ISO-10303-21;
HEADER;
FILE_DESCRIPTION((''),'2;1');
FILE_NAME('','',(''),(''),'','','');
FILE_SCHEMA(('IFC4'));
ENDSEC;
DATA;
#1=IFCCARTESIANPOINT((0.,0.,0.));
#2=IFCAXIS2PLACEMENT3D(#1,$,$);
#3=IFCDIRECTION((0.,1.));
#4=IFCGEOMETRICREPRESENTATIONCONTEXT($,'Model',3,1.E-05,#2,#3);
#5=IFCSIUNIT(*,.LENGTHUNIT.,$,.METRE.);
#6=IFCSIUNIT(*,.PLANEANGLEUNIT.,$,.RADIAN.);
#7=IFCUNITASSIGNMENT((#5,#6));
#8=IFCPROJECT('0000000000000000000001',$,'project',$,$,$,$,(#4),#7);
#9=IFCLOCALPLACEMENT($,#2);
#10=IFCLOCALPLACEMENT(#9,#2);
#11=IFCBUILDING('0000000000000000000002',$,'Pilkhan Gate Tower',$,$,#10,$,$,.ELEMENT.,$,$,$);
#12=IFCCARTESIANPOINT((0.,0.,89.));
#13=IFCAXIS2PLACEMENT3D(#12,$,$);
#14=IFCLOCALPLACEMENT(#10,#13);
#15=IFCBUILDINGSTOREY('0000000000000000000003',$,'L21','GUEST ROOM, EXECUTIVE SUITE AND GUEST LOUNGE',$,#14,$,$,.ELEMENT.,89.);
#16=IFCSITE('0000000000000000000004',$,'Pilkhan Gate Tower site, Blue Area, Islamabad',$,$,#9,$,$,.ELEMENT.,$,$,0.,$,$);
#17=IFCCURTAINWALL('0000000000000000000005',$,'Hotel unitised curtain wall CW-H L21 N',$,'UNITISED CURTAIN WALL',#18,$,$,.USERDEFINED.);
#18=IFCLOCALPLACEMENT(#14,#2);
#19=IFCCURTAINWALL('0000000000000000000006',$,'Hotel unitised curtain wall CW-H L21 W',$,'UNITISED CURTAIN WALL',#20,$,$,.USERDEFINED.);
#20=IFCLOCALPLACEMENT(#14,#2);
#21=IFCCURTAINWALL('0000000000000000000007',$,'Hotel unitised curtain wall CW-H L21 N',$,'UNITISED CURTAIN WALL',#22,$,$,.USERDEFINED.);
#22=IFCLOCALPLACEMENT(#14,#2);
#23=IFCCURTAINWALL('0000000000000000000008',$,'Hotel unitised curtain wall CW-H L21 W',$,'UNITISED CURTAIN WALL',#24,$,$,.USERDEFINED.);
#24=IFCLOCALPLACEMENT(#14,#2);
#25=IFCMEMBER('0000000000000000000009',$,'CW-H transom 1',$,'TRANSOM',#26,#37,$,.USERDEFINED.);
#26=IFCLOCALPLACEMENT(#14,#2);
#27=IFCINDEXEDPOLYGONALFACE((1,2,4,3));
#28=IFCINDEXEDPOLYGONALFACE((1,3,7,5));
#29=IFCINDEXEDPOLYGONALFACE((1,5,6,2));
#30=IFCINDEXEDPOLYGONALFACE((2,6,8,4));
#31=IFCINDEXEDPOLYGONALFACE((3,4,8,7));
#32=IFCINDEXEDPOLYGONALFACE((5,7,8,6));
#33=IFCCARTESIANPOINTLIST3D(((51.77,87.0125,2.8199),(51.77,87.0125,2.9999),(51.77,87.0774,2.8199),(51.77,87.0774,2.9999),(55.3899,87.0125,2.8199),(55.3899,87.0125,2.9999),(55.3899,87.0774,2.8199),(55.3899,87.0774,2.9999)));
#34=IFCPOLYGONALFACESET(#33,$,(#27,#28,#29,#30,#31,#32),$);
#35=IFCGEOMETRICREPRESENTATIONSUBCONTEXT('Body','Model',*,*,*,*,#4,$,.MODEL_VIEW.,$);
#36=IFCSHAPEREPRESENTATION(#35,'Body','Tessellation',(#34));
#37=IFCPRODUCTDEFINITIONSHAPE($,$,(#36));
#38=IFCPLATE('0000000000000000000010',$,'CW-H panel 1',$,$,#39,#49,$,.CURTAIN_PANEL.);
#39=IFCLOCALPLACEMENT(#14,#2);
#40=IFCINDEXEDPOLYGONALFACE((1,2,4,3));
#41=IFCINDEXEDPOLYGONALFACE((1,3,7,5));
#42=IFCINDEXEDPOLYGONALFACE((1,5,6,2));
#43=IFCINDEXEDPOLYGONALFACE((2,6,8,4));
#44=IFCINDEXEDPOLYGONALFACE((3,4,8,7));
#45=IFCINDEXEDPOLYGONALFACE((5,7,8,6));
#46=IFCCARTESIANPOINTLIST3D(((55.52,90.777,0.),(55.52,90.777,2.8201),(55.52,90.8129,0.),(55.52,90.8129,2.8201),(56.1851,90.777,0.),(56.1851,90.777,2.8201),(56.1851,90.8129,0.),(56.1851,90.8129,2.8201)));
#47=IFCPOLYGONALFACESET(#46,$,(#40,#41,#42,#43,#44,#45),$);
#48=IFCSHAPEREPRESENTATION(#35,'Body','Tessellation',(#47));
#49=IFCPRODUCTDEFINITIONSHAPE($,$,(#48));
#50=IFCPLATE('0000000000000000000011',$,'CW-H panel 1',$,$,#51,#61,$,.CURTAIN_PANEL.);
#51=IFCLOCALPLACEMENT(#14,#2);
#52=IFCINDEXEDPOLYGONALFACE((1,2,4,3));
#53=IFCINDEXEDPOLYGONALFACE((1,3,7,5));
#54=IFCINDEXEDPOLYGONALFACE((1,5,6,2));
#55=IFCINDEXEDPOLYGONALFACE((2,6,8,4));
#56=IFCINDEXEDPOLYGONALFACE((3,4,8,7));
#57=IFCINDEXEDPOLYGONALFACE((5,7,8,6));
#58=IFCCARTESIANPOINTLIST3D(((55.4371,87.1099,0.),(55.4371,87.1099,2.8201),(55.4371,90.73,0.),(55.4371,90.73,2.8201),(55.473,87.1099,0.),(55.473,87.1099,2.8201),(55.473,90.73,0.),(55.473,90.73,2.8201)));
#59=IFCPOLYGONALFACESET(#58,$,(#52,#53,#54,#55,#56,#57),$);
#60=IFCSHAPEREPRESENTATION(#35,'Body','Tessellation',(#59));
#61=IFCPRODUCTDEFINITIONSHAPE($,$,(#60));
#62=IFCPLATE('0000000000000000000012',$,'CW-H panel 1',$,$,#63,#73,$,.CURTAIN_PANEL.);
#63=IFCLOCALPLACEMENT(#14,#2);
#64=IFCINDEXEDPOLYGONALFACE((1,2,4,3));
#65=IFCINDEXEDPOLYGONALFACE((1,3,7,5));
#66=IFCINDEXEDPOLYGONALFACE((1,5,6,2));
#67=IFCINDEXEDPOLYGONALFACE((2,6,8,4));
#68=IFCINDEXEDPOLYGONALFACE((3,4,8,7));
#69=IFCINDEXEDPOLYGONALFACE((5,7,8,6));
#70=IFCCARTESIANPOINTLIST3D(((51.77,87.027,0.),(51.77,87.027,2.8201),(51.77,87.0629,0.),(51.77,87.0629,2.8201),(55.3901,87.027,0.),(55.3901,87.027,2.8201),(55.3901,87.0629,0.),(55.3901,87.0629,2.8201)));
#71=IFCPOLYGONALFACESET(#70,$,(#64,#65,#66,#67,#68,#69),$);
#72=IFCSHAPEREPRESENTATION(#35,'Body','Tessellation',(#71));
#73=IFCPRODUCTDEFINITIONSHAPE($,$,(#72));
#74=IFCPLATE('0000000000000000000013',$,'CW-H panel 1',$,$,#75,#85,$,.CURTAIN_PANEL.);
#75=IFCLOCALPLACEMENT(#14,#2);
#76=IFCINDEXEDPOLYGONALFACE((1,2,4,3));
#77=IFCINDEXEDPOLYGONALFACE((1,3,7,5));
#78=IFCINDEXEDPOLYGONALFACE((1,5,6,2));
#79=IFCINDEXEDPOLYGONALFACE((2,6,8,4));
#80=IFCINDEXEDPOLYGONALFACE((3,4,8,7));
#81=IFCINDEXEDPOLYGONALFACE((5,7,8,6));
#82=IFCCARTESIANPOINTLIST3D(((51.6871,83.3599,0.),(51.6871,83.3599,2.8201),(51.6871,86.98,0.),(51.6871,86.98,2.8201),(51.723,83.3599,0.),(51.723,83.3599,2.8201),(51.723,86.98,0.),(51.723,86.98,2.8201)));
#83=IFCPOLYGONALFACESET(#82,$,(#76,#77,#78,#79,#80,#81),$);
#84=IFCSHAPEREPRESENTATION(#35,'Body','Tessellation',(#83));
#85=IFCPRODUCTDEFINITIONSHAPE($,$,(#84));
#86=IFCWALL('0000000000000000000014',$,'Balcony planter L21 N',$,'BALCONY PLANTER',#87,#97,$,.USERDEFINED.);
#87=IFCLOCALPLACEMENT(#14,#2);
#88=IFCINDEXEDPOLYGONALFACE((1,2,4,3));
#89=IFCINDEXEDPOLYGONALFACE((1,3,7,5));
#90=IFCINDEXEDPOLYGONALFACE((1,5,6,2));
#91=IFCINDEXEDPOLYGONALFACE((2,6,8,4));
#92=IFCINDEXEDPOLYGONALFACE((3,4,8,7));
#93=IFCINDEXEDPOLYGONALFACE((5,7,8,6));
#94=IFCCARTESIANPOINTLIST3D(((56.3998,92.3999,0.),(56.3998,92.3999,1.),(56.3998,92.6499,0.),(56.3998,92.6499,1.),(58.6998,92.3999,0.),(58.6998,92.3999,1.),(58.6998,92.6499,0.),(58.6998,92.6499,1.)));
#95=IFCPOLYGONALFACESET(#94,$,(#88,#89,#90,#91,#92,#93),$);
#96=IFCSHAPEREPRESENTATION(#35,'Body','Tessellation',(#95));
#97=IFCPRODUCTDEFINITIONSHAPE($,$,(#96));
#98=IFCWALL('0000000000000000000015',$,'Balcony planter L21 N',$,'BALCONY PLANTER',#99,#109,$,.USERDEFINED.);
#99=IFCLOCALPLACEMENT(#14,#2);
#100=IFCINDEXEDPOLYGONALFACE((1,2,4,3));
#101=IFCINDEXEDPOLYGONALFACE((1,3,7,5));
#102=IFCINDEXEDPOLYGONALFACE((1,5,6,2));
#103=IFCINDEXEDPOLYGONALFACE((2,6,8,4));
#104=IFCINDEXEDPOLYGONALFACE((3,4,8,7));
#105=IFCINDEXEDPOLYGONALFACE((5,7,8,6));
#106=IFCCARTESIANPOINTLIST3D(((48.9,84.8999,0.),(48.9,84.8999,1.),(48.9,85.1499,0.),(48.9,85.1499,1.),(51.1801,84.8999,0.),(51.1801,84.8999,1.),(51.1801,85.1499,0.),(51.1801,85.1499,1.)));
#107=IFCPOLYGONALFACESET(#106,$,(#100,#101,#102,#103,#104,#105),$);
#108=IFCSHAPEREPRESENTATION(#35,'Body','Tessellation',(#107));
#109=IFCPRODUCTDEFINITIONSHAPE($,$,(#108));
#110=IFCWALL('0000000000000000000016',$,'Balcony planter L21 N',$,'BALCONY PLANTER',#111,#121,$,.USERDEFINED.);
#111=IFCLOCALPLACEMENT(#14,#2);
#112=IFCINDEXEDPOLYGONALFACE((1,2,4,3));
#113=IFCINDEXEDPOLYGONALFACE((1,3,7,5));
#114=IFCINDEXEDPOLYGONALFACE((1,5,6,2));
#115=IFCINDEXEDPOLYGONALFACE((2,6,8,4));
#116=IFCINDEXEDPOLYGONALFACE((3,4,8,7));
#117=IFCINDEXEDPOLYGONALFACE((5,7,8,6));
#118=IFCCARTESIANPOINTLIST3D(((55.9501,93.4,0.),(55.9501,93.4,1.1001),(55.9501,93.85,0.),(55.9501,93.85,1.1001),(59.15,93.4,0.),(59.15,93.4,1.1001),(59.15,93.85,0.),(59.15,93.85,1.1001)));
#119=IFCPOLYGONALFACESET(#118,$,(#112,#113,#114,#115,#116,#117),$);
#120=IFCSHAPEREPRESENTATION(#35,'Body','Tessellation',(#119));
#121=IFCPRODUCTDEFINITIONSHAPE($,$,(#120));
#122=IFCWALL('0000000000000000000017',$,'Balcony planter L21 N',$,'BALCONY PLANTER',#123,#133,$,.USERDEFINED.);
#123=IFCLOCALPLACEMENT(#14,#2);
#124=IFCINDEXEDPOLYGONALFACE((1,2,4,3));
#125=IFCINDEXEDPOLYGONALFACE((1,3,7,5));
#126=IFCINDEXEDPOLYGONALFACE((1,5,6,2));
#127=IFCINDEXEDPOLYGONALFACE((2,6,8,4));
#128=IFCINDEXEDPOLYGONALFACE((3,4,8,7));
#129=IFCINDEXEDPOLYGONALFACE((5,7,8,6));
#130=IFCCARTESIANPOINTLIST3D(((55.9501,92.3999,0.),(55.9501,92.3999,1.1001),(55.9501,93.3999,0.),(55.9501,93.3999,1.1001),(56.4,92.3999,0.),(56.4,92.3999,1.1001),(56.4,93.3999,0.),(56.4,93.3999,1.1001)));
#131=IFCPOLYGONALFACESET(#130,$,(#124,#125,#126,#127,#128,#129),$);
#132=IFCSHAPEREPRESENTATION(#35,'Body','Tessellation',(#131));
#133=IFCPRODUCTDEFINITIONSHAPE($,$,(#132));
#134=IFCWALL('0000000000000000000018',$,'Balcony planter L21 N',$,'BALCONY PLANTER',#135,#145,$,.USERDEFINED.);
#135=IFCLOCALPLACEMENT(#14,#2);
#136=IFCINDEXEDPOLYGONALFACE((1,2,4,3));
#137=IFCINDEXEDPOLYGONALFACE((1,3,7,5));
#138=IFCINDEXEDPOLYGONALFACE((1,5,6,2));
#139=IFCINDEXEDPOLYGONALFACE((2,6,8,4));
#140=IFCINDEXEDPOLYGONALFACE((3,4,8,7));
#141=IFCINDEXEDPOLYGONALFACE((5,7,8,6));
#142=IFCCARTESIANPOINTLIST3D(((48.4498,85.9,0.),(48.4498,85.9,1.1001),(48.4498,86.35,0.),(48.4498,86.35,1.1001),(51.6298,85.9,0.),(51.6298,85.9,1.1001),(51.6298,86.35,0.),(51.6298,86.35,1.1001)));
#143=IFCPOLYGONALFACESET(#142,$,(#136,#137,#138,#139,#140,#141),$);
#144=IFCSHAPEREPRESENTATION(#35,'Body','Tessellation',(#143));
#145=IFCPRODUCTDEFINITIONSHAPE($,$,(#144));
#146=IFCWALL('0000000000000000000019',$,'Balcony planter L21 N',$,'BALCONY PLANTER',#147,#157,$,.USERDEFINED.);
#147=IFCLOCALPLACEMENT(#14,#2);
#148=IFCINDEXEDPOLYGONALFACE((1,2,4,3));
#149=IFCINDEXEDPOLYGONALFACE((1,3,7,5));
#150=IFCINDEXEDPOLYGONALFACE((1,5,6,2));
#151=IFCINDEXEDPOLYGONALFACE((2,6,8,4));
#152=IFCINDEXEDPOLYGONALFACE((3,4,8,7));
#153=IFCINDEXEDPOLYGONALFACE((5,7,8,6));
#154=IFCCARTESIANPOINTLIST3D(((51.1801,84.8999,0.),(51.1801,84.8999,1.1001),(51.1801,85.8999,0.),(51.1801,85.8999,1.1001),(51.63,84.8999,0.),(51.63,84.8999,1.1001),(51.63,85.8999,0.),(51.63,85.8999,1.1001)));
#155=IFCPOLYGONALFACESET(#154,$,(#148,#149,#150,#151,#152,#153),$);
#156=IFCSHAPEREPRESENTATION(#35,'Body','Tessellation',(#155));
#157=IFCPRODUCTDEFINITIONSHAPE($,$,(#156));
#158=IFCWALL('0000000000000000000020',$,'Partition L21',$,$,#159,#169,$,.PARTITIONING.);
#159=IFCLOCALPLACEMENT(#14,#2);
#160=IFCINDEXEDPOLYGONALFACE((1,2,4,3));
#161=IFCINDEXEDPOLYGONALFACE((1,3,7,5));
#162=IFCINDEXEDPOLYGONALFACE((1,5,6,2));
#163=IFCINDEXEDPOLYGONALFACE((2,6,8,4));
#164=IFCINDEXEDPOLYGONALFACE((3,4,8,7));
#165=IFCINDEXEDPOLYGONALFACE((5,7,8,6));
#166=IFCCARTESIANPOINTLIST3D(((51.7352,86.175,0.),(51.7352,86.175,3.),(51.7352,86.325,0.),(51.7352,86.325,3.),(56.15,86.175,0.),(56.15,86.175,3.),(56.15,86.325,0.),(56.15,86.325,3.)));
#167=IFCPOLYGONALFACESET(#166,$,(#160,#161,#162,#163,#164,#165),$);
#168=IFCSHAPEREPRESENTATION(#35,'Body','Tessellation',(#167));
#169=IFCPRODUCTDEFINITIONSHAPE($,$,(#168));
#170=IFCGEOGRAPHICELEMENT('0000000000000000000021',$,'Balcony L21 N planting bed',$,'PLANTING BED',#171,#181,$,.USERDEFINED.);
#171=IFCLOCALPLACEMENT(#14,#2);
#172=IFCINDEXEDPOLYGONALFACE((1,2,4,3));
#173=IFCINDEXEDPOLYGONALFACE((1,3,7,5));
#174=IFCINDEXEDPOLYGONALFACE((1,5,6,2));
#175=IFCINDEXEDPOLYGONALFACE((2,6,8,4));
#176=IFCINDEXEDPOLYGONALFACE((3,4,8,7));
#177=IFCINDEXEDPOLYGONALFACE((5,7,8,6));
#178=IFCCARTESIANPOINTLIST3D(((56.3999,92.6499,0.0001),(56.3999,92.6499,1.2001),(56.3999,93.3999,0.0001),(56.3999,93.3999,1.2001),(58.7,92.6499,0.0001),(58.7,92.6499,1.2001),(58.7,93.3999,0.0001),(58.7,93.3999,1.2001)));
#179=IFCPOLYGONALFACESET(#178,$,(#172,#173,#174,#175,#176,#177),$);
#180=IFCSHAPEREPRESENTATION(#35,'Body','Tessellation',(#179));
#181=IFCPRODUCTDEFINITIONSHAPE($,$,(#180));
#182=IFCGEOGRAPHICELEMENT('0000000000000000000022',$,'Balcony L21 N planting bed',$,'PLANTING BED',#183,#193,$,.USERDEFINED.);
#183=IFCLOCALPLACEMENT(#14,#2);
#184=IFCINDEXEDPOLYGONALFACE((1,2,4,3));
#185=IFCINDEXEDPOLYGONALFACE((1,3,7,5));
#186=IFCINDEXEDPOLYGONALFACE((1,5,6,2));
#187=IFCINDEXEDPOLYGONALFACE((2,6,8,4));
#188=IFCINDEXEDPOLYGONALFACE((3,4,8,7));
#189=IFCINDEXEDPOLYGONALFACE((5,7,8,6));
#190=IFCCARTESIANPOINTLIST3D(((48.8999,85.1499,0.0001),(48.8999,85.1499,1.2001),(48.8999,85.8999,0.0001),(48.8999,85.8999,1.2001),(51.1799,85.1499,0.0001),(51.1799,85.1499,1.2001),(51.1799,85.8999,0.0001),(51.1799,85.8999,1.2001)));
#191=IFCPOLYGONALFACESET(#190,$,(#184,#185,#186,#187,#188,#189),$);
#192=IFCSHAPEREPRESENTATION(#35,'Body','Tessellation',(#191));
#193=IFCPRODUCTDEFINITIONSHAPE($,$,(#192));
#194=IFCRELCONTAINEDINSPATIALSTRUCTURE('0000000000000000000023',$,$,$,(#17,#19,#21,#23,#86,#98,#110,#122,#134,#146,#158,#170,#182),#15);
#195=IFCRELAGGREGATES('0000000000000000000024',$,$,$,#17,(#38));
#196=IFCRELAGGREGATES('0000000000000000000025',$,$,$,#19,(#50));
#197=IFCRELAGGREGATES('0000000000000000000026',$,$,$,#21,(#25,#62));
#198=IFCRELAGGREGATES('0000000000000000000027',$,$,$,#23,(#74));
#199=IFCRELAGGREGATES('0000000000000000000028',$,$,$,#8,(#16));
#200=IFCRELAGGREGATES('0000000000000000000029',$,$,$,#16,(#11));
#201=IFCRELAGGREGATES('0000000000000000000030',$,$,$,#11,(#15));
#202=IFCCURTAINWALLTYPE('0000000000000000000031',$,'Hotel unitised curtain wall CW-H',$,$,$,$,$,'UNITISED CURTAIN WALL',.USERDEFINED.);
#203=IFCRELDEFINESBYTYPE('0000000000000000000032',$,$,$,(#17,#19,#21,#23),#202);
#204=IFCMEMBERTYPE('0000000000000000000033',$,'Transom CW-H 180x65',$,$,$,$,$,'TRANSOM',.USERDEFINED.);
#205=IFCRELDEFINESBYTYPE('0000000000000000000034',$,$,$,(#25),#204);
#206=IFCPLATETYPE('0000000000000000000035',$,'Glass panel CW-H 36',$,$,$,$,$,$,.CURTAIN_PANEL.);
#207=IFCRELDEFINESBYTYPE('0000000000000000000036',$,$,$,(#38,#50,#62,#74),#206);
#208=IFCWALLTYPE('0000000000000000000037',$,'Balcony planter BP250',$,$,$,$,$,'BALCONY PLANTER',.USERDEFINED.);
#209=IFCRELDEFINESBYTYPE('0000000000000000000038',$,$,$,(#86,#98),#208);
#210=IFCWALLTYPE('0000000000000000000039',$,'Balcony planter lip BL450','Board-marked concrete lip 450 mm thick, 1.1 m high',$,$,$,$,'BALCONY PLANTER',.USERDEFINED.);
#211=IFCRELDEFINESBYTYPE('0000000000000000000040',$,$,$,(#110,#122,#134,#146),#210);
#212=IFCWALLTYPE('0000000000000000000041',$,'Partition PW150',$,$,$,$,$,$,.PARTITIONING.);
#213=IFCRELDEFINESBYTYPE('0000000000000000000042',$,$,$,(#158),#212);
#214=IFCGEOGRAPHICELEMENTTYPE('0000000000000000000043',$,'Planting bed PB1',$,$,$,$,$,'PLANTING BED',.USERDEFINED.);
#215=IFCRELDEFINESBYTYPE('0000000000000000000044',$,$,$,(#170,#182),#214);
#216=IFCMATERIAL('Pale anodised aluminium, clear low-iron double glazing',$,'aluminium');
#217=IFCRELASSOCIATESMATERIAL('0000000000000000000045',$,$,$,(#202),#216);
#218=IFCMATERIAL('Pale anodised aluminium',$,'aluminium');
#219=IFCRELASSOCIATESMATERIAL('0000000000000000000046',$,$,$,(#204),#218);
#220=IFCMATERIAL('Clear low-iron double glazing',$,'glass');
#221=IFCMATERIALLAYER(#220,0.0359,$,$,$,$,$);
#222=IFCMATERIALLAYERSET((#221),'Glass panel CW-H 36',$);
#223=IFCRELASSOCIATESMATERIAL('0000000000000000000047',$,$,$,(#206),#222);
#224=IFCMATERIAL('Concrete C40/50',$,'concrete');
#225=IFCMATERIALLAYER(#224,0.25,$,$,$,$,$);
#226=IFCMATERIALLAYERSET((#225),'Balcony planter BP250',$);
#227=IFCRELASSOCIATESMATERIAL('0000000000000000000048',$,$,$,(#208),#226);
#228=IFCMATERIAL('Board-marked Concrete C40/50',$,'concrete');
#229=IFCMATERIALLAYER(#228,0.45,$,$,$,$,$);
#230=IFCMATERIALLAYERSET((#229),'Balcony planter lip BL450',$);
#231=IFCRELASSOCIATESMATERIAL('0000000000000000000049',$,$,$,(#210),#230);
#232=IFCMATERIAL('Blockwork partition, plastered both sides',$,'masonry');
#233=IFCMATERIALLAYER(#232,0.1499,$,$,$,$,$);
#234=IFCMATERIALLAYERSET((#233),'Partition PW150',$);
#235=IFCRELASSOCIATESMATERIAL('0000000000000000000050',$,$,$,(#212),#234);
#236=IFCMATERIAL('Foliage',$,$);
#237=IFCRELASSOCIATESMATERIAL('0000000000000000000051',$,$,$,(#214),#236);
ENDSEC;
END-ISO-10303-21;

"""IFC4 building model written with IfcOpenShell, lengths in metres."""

from ifc_helpers import new_model, si_unit, direction, frame, frame_2d, origin, origin_2d, place, context, subcontext, project, spatial, rectangle, extrude, material, layer, layer_set, material_profile, profile_set, type_object, element, aggregate, save


model = new_model("IFC4")

# Units and contexts
model_context = context("Model", 3, precision=1e-05, world=origin(), true_north=direction((0.0, 1.0)))
body_context = subcontext(model_context, "Body", "Model", "MODEL_VIEW")
ifc_project = project(units=[si_unit("LENGTHUNIT", "METRE"), si_unit("PLANEANGLEUNIT", "RADIAN")], contexts=[model_context])

# Site, building, storey
site_placement = place(None, origin())
site = spatial("IfcSite", under=ifc_project, at=site_placement, Name="Pilkhan Gate Tower site, Blue Area, Islamabad", CompositionType="ELEMENT", RefElevation=0.0)
building_placement = place(site_placement, origin())
building = spatial("IfcBuilding", under=site, at=building_placement, Name="Pilkhan Gate Tower", CompositionType="ELEMENT")
storey_placement = place(building_placement, frame((0.0, 0.0, 89.0)))
storey = spatial("IfcBuildingStorey", under=building, at=storey_placement, Name="L21", Description="GUEST ROOM, EXECUTIVE SUITE AND GUEST LOUNGE", CompositionType="ELEMENT", Elevation=89.0)

# Curtain walls
ifc_material_1 = material(Name="Pale anodised aluminium, clear low-iron double glazing", Category="aluminium")
curtain_wall_type = type_object("IfcCurtainWallType", Name="Hotel unitised curtain wall CW-H", ElementType="UNITISED CURTAIN WALL", PredefinedType="USERDEFINED", material=ifc_material_1)
curtain_wall_1_placement = place(storey_placement, origin())
curtain_wall_1 = element("IfcCurtainWall", 1, at=curtain_wall_1_placement, inside=storey, type_object=curtain_wall_type, Name="Hotel unitised curtain wall CW-H L21 N", ObjectType="UNITISED CURTAIN WALL", PredefinedType="USERDEFINED")
ifc_material_2 = material(Name="Pale anodised aluminium", Category="aluminium")
curtain_wall_2_placement = place(storey_placement, origin())
curtain_wall_2 = element("IfcCurtainWall", 2, at=curtain_wall_2_placement, inside=storey, type_object=curtain_wall_type, Name="Hotel unitised curtain wall CW-H L21 W", ObjectType="UNITISED CURTAIN WALL", PredefinedType="USERDEFINED")
curtain_wall_3_placement = place(storey_placement, origin())
curtain_wall_3 = element("IfcCurtainWall", 3, at=curtain_wall_3_placement, inside=storey, type_object=curtain_wall_type, Name="Hotel unitised curtain wall CW-H L21 N", ObjectType="UNITISED CURTAIN WALL", PredefinedType="USERDEFINED")

# Curtain wall
curtain_wall_4_placement = place(storey_placement, origin())
curtain_wall_4 = element("IfcCurtainWall", 4, at=curtain_wall_4_placement, inside=storey, type_object=curtain_wall_type, Name="Hotel unitised curtain wall CW-H L21 W", ObjectType="UNITISED CURTAIN WALL", PredefinedType="USERDEFINED")

# Member
ifc_material_profile_1 = material_profile(ifc_material_2, rectangle(XDim=0.0649, YDim=0.1799, at=origin_2d()), Name="Transom 180x65")
ifc_profile_set_1 = profile_set([ifc_material_profile_1], Name="Pale anodised aluminium")
member_type_1 = type_object("IfcMemberType", Name="Transom CW-H 180x65", ElementType="TRANSOM", PredefinedType="USERDEFINED", material=ifc_profile_set_1)
member_1_placement = place(storey_placement, frame((51.77, 87.0449, 2.9099), z_axis=(1.0, 0.0, 0.0), x_axis=(0.0, 1.0, 0.0)))
member_1 = element("IfcMember", 5, at=member_1_placement, type_object=member_type_1, Name="CW-H transom 1", ObjectType="TRANSOM", PredefinedType="USERDEFINED", context=body_context, shape_type="SweptSolid", body=[
    extrude(rectangle(XDim=0.0649, YDim=0.1799, at=origin_2d()), origin(), (0.0, 0.0, 1.0), 3.6199),
])

# Plates
ifc_material_3 = material(Name="Clear low-iron double glazing", Category="glass")
ifc_layer_1 = layer(ifc_material_3, 0.0359)
ifc_layer_set_1 = layer_set([ifc_layer_1], Name="Glass panel CW-H 36")
plate_type = type_object("IfcPlateType", Name="Glass panel CW-H 36", PredefinedType="CURTAIN_PANEL", material=ifc_layer_set_1)
plate_1_placement = place(storey_placement, frame((55.8525, 90.7949, 0.0), z_axis=(0.0, 0.0, 1.0), x_axis=(1.0, 0.0, 0.0)))
plate_1 = element("IfcPlate", 6, at=plate_1_placement, type_object=plate_type, Name="CW-H panel 1", PredefinedType="CURTAIN_PANEL", context=body_context, shape_type="SweptSolid", body=[
    extrude(rectangle(XDim=0.665, YDim=0.0359, at=origin_2d()), origin(), (0.0, 0.0, 1.0), 2.8201),
])
aggregate(curtain_wall_1, [plate_1])
plate_2_placement = place(storey_placement, frame((55.4551, 88.9199, 0.0), z_axis=(0.0, 0.0, 1.0), x_axis=(0.0, 1.0, 0.0)))
plate_2 = element("IfcPlate", 7, at=plate_2_placement, type_object=plate_type, Name="CW-H panel 1", PredefinedType="CURTAIN_PANEL", context=body_context, shape_type="SweptSolid", body=[
    extrude(rectangle(XDim=3.6201, YDim=0.0359, at=origin_2d()), origin(), (0.0, 0.0, 1.0), 2.8201),
])
aggregate(curtain_wall_2, [plate_2])
plate_3_placement = place(storey_placement, frame((53.5801, 87.0449, 0.0), z_axis=(0.0, 0.0, 1.0), x_axis=(1.0, 0.0, 0.0)))
plate_3 = element("IfcPlate", 8, at=plate_3_placement, type_object=plate_type, Name="CW-H panel 1", PredefinedType="CURTAIN_PANEL", context=body_context, shape_type="SweptSolid", body=[
    extrude(rectangle(XDim=3.6201, YDim=0.0359, at=origin_2d()), origin(), (0.0, 0.0, 1.0), 2.8201),
])
aggregate(curtain_wall_3, [member_1, plate_3])
plate_4_placement = place(storey_placement, frame((51.7051, 85.1699, 0.0), z_axis=(0.0, 0.0, 1.0), x_axis=(0.0, 1.0, 0.0)))
plate_4 = element("IfcPlate", 9, at=plate_4_placement, type_object=plate_type, Name="CW-H panel 1", PredefinedType="CURTAIN_PANEL", context=body_context, shape_type="SweptSolid", body=[
    extrude(rectangle(XDim=3.6201, YDim=0.0359, at=origin_2d()), origin(), (0.0, 0.0, 1.0), 2.8201),
])
aggregate(curtain_wall_4, [plate_4])

# Walls
ifc_material_4 = material(Name="Concrete C40/50", Category="concrete")
ifc_layer_2 = layer(ifc_material_4, 0.25)
ifc_layer_set_2 = layer_set([ifc_layer_2], Name="Balcony planter BP250")
wall_type_1 = type_object("IfcWallType", Name="Balcony planter BP250", ElementType="BALCONY PLANTER", PredefinedType="USERDEFINED", material=ifc_layer_set_2)
wall_1_placement = place(storey_placement, frame((56.3999, 92.5249, 0.0), z_axis=(0.0, 0.0, 1.0), x_axis=(1.0, 0.0, 0.0)))
element("IfcWall", 10, at=wall_1_placement, inside=storey, type_object=wall_type_1, Name="Balcony planter L21 N", ObjectType="BALCONY PLANTER", PredefinedType="USERDEFINED", context=body_context, shape_type="SweptSolid", body=[
    extrude(rectangle(XDim=2.3, YDim=0.25, at=frame_2d((1.1499, 0.0))), origin(), (0.0, 0.0, 1.0), 1.0),
])
wall_2_placement = place(storey_placement, frame((48.8999, 85.0249, 0.0), z_axis=(0.0, 0.0, 1.0), x_axis=(1.0, 0.0, 0.0)))
element("IfcWall", 11, at=wall_2_placement, inside=storey, type_object=wall_type_1, Name="Balcony planter L21 N", ObjectType="BALCONY PLANTER", PredefinedType="USERDEFINED", context=body_context, shape_type="SweptSolid", body=[
    extrude(rectangle(XDim=2.28, YDim=0.25, at=frame_2d((1.1401, 0.0))), origin(), (0.0, 0.0, 1.0), 1.0),
])
ifc_material_5 = material(Name="Board-marked Concrete C40/50", Category="concrete")
ifc_layer_3 = layer(ifc_material_5, 0.45)
ifc_layer_set_3 = layer_set([ifc_layer_3], Name="Balcony planter lip BL450")
wall_type_2 = type_object("IfcWallType", Name="Balcony planter lip BL450", Description="Board-marked concrete lip 450 mm thick, 1.1 m high", ElementType="BALCONY PLANTER", PredefinedType="USERDEFINED", material=ifc_layer_set_3)
wall_3_placement = place(storey_placement, frame((55.95, 93.625, 0.0), z_axis=(0.0, 0.0, 1.0), x_axis=(1.0, 0.0, 0.0)))
element("IfcWall", 12, at=wall_3_placement, inside=storey, type_object=wall_type_2, Name="Balcony planter L21 N", ObjectType="BALCONY PLANTER", PredefinedType="USERDEFINED", context=body_context, shape_type="SweptSolid", body=[
    extrude(rectangle(XDim=3.2, YDim=0.45, at=frame_2d((1.6001, 0.0))), origin(), (0.0, 0.0, 1.0), 1.1001),
])
wall_4_placement = place(storey_placement, frame((56.175, 92.3999, 0.0), z_axis=(0.0, 0.0, 1.0), x_axis=(0.0, 1.0, 0.0)))
element("IfcWall", 13, at=wall_4_placement, inside=storey, type_object=wall_type_2, Name="Balcony planter L21 N", ObjectType="BALCONY PLANTER", PredefinedType="USERDEFINED", context=body_context, shape_type="SweptSolid", body=[
    extrude(rectangle(XDim=1.0, YDim=0.45, at=frame_2d((0.5, 0.0))), origin(), (0.0, 0.0, 1.0), 1.1001),
])
wall_5_placement = place(storey_placement, frame((48.45, 86.125, 0.0), z_axis=(0.0, 0.0, 1.0), x_axis=(1.0, 0.0, 0.0)))
element("IfcWall", 14, at=wall_5_placement, inside=storey, type_object=wall_type_2, Name="Balcony planter L21 N", ObjectType="BALCONY PLANTER", PredefinedType="USERDEFINED", context=body_context, shape_type="SweptSolid", body=[
    extrude(rectangle(XDim=3.1799, YDim=0.45, at=frame_2d((1.5898, 0.0))), origin(), (0.0, 0.0, 1.0), 1.1001),
])
wall_6_placement = place(storey_placement, frame((51.405, 84.8999, 0.0), z_axis=(0.0, 0.0, 1.0), x_axis=(0.0, 1.0, 0.0)))
element("IfcWall", 15, at=wall_6_placement, inside=storey, type_object=wall_type_2, Name="Balcony planter L21 N", ObjectType="BALCONY PLANTER", PredefinedType="USERDEFINED", context=body_context, shape_type="SweptSolid", body=[
    extrude(rectangle(XDim=1.0, YDim=0.45, at=frame_2d((0.5, 0.0))), origin(), (0.0, 0.0, 1.0), 1.1001),
])

# Wall
ifc_material_6 = material(Name="Blockwork partition, plastered both sides", Category="masonry")
ifc_layer_4 = layer(ifc_material_6, 0.1499)
ifc_layer_set_4 = layer_set([ifc_layer_4], Name="Partition PW150")
wall_type_3 = type_object("IfcWallType", Name="Partition PW150", PredefinedType="PARTITIONING", material=ifc_layer_set_4)
wall_7_placement = place(storey_placement, frame((51.7351, 86.25, 0.0), z_axis=(0.0, 0.0, 1.0), x_axis=(1.0, 0.0, 0.0)))
element("IfcWall", 16, at=wall_7_placement, inside=storey, type_object=wall_type_3, Name="Partition L21", PredefinedType="PARTITIONING", context=body_context, shape_type="SweptSolid", body=[
    extrude(rectangle(XDim=4.4148, YDim=0.1499, at=frame_2d((2.2075, 0.0))), origin(), (0.0, 0.0, 1.0), 3.0),
])

# Geographic elements
ifc_material_7 = material(Name="Foliage")
ifc_material_profile_2 = material_profile(ifc_material_7, rectangle(XDim=0.75, YDim=1.2, at=origin_2d()), Name="Bed 750x1200")
ifc_profile_set_2 = profile_set([ifc_material_profile_2], Name="Foliage")
geographic_element_type_1 = type_object("IfcGeographicElementType", Name="Planting bed PB1", ElementType="PLANTING BED", PredefinedType="USERDEFINED", material=ifc_profile_set_2)
geographic_element_1_placement = place(storey_placement, frame((56.3999, 93.0249, 0.6001), z_axis=(1.0, 0.0, 0.0), x_axis=(0.0, 1.0, 0.0)))
element("IfcGeographicElement", 17, at=geographic_element_1_placement, inside=storey, type_object=geographic_element_type_1, Name="Balcony L21 N planting bed", ObjectType="PLANTING BED", PredefinedType="USERDEFINED", context=body_context, shape_type="SweptSolid", body=[
    extrude(rectangle(XDim=0.75, YDim=1.2, at=origin_2d()), origin(), (0.0, 0.0, 1.0), 2.3),
])
geographic_element_2_placement = place(storey_placement, frame((48.8999, 85.5249, 0.6001), z_axis=(1.0, 0.0, 0.0), x_axis=(0.0, 1.0, 0.0)))
element("IfcGeographicElement", 18, at=geographic_element_2_placement, inside=storey, type_object=geographic_element_type_1, Name="Balcony L21 N planting bed", ObjectType="PLANTING BED", PredefinedType="USERDEFINED", context=body_context, shape_type="SweptSolid", body=[
    extrude(rectangle(XDim=0.75, YDim=1.2, at=origin_2d()), origin(), (0.0, 0.0, 1.0), 2.28),
])

save(model, "model.ifc")
